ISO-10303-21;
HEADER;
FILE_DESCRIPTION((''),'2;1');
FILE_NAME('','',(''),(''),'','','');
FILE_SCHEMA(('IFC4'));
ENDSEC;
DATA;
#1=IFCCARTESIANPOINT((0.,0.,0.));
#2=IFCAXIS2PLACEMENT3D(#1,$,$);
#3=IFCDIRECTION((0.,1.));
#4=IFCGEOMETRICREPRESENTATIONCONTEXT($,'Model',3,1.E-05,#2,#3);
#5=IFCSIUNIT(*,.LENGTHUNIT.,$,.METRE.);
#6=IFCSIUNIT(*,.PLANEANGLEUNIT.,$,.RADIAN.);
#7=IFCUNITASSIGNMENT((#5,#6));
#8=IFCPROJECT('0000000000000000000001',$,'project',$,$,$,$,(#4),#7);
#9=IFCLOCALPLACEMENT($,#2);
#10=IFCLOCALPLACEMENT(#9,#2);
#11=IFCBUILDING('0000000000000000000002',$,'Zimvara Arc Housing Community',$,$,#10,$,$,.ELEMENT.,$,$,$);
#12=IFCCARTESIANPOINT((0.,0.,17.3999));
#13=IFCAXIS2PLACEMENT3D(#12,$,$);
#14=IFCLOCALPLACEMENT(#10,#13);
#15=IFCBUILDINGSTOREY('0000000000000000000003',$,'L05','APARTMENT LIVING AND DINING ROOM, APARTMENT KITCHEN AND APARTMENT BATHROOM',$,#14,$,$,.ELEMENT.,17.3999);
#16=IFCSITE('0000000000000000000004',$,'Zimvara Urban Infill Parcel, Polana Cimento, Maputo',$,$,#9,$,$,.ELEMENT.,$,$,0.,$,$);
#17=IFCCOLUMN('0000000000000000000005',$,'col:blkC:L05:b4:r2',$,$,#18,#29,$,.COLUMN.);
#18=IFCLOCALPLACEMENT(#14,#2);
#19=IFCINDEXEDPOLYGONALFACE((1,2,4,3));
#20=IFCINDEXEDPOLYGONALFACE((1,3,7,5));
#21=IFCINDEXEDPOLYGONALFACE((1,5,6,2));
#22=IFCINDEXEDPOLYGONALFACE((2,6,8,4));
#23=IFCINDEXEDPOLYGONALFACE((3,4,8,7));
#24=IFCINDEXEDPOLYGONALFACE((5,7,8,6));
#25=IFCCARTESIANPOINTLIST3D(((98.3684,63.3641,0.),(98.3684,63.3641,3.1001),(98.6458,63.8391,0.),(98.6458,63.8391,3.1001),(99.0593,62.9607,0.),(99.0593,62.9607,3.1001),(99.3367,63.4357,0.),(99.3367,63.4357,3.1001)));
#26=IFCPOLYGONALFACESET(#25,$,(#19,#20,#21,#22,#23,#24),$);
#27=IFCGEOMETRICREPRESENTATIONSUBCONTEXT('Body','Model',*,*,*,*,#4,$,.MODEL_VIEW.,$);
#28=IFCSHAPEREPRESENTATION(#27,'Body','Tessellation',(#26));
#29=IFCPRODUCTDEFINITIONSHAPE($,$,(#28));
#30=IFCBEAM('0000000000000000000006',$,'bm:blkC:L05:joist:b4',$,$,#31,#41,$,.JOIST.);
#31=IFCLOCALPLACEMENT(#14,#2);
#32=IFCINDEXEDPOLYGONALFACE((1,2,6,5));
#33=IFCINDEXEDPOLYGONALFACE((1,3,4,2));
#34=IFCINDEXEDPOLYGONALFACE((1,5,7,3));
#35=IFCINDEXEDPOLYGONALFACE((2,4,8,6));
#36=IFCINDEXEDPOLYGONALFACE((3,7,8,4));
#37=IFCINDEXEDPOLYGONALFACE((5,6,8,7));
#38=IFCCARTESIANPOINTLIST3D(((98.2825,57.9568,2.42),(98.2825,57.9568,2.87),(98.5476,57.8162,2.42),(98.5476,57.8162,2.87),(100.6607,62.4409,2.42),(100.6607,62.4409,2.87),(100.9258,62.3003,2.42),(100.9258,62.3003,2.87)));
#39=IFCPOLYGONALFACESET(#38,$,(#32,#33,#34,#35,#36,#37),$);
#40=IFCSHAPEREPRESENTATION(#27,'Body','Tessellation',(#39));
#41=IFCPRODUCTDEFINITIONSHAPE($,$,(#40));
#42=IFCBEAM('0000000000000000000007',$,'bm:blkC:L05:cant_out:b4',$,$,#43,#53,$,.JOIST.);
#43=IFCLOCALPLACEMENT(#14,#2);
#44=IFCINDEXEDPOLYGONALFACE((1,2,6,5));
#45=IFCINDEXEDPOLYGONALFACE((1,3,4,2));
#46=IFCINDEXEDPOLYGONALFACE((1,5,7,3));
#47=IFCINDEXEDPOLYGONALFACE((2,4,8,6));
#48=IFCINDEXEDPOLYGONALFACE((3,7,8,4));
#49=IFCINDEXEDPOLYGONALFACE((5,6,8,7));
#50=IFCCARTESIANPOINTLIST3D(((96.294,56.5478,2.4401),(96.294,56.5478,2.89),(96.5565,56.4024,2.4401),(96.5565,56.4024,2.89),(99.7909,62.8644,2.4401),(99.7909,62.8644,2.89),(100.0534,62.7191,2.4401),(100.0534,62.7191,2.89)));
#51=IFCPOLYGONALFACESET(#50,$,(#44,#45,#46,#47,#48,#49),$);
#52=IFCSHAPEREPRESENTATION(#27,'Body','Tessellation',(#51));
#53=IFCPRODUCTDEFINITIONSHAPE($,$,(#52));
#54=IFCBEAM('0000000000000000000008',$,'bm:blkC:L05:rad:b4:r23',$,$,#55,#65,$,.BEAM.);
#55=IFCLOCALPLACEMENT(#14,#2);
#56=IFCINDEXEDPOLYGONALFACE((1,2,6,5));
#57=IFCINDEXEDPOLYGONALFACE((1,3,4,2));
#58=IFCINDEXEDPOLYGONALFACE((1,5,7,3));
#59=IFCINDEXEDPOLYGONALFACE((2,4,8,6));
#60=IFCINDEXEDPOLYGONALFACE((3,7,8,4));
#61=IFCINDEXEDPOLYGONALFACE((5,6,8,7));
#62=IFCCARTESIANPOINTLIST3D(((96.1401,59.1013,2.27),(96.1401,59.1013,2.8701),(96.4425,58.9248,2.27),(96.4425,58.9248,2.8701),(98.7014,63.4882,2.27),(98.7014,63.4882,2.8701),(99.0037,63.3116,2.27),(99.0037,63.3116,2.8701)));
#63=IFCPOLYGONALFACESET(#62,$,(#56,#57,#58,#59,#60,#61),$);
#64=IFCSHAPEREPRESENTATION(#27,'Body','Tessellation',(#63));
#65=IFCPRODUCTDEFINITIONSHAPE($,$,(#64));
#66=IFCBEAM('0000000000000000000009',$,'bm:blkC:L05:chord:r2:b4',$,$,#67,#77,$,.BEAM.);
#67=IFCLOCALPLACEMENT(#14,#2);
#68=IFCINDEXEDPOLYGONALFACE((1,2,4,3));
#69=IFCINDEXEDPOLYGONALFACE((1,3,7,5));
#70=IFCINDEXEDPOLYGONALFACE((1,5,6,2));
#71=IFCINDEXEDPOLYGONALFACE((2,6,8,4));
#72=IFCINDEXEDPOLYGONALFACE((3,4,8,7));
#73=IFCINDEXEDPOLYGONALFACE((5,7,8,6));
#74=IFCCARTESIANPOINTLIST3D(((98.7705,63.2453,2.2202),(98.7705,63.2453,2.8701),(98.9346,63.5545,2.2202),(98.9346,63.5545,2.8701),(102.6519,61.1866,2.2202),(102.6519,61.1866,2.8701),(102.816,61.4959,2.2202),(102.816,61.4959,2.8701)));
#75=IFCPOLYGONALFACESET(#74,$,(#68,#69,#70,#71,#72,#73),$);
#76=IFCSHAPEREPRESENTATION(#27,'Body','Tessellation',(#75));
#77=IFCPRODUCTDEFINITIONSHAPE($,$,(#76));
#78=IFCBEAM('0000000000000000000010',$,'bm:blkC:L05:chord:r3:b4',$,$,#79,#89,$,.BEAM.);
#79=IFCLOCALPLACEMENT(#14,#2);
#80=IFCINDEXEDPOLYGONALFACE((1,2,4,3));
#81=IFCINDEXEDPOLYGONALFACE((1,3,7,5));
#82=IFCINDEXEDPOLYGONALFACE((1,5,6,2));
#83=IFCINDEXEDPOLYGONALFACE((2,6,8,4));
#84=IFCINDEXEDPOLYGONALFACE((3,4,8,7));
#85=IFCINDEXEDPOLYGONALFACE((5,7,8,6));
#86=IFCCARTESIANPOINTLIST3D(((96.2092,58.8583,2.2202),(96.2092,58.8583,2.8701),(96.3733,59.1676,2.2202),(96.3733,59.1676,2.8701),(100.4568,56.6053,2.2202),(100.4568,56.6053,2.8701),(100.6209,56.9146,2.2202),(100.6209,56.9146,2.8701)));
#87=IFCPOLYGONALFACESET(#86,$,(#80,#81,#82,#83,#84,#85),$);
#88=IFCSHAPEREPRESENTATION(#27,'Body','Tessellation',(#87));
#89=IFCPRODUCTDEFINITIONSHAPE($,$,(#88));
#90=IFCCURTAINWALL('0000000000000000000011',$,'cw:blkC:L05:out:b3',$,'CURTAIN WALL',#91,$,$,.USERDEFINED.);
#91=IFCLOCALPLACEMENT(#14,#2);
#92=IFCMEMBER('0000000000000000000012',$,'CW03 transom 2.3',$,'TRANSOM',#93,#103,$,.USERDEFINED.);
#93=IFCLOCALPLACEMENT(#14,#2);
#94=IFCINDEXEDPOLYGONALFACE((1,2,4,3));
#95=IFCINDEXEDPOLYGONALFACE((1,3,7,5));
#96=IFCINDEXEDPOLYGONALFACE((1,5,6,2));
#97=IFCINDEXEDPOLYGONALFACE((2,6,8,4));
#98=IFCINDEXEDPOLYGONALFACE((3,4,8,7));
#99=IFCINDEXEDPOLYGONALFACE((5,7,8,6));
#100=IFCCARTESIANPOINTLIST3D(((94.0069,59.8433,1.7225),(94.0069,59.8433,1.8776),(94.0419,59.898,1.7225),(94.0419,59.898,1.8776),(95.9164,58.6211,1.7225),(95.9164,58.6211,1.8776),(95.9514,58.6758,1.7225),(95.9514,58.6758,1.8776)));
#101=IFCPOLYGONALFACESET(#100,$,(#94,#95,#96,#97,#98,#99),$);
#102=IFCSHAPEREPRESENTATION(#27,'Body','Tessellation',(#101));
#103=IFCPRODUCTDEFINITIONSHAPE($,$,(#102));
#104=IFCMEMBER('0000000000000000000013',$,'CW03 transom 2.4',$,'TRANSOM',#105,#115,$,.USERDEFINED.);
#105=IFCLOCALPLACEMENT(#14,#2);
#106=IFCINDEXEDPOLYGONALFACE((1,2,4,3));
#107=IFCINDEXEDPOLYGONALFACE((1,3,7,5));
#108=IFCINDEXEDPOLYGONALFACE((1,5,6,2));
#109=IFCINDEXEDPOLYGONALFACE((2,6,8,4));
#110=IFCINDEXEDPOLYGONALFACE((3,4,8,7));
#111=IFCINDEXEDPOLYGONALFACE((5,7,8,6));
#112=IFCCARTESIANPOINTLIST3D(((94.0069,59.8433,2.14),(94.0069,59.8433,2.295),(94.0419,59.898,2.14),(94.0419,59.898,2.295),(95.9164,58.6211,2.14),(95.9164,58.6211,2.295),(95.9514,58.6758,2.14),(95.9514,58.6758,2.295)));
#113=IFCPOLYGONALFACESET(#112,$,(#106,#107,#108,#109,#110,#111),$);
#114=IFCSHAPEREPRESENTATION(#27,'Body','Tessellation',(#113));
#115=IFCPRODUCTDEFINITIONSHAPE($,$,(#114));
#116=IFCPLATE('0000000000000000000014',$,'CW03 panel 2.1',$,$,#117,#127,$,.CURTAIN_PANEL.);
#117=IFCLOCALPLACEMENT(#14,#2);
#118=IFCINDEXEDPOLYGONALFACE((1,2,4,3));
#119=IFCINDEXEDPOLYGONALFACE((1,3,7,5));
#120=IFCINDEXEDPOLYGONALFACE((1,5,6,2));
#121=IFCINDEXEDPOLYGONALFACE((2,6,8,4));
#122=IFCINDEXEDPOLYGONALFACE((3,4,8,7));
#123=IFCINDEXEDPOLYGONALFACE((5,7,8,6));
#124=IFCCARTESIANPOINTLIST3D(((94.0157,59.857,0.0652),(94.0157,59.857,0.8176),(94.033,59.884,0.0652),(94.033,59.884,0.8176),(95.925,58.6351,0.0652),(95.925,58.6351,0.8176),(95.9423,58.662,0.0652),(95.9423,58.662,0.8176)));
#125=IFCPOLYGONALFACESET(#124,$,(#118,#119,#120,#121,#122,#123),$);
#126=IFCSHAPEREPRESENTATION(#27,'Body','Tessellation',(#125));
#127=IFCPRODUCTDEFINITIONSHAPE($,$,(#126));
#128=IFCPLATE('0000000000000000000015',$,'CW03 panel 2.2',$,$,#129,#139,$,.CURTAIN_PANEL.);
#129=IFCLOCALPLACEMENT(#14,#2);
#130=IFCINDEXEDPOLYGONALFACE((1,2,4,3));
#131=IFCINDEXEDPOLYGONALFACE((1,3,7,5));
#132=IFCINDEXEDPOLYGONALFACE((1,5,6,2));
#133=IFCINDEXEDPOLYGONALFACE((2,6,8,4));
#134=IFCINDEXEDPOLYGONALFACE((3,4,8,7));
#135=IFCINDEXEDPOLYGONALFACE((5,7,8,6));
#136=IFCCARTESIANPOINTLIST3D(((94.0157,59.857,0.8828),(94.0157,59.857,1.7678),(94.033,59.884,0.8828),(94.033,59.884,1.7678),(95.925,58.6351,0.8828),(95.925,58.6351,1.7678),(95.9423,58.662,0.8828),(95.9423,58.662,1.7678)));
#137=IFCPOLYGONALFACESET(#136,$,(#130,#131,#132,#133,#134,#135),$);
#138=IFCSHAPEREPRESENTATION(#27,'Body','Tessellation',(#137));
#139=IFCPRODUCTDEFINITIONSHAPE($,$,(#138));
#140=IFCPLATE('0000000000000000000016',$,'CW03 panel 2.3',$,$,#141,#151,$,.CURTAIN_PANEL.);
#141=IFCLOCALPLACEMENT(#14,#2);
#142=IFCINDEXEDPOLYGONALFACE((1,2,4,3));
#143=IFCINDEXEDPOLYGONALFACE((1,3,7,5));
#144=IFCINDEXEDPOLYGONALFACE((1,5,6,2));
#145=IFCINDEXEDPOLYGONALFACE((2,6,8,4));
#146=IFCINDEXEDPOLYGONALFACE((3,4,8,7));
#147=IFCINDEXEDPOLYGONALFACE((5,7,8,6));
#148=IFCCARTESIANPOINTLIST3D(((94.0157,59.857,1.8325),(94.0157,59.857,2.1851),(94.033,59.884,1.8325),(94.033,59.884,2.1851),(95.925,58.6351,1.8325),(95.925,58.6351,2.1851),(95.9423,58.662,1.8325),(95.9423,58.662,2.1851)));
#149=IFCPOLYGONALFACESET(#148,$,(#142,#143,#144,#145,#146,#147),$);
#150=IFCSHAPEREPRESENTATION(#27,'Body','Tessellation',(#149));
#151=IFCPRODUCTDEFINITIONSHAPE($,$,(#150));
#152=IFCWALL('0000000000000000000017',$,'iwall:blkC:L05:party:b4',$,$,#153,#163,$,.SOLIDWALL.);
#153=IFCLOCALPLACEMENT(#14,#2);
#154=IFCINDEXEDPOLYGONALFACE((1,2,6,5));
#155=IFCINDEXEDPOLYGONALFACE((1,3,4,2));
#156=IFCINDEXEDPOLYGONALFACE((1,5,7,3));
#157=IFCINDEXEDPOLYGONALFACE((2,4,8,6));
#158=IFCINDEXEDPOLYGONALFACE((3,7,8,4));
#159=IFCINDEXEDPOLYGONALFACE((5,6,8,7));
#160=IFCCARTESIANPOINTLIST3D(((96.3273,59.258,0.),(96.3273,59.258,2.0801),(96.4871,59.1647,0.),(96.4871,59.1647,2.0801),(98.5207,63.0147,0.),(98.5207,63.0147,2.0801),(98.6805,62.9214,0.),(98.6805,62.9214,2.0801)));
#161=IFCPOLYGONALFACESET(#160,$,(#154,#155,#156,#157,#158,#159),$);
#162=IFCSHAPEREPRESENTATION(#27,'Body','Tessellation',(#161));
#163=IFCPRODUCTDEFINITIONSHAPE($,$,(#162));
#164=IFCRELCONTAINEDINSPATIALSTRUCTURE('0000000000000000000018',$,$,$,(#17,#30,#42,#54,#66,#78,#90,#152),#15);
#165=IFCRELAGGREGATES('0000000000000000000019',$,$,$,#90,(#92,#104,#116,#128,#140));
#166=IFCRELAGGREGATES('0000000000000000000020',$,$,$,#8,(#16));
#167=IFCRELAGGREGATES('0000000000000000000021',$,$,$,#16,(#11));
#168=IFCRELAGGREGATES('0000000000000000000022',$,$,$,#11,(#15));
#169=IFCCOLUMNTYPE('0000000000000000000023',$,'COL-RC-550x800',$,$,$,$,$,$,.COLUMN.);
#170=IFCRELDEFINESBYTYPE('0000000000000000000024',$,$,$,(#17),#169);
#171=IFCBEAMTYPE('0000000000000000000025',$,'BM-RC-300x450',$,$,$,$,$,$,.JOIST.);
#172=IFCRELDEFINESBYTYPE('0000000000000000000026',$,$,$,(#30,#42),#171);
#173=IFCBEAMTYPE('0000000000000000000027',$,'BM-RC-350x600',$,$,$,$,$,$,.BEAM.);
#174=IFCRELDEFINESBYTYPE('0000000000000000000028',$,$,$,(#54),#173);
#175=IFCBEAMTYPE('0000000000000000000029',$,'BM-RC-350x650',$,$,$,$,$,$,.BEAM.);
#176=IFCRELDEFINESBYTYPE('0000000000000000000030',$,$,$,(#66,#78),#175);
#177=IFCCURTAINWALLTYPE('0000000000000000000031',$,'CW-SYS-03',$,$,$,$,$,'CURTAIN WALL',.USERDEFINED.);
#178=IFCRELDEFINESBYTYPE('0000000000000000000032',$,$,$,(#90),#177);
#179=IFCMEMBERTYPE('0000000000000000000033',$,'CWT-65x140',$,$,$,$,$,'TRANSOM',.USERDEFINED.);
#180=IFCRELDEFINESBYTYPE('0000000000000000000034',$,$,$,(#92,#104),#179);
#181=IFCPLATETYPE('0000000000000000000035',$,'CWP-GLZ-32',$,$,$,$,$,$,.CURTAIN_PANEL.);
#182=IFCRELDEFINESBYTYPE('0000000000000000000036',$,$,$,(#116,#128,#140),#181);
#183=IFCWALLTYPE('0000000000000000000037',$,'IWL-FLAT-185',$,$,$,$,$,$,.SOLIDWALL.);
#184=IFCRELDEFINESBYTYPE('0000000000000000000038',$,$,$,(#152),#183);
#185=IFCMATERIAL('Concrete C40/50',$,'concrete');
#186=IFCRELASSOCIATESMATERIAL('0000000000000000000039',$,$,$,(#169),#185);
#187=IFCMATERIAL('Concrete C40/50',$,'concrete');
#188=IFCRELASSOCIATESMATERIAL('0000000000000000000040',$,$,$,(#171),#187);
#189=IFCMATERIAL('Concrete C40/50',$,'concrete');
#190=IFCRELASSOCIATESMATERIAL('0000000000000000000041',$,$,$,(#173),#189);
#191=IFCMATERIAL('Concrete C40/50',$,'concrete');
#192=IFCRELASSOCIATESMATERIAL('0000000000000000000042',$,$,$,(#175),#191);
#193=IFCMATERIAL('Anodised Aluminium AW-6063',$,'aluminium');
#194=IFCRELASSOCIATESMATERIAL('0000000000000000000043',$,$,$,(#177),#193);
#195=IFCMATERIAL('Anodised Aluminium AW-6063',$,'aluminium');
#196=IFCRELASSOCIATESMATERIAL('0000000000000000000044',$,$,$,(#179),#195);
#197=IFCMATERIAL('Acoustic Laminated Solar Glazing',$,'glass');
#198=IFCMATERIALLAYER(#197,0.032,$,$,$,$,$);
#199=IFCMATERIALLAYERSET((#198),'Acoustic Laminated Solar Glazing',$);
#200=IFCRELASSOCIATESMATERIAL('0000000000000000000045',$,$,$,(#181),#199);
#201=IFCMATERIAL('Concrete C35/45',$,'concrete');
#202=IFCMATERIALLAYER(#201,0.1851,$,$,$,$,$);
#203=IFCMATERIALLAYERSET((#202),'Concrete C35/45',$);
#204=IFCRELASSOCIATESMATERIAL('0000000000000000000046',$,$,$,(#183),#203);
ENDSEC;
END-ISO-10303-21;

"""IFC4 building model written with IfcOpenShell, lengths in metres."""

from ifc_helpers import new_model, si_unit, direction, frame, frame_2d, origin, origin_2d, place, context, subcontext, project, spatial, rectangle, extrude, material, layer, layer_set, material_profile, profile_set, type_object, element, aggregate, save


model = new_model("IFC4")

# Units and contexts
model_context = context("Model", 3, precision=1e-05, world=origin(), true_north=direction((0.0, 1.0)))
body_context = subcontext(model_context, "Body", "Model", "MODEL_VIEW")
ifc_project = project(units=[si_unit("LENGTHUNIT", "METRE"), si_unit("PLANEANGLEUNIT", "RADIAN")], contexts=[model_context])

# Site, building, storey
site_placement = place(None, origin())
site = spatial("IfcSite", under=ifc_project, at=site_placement, Name="Zimvara Urban Infill Parcel, Polana Cimento, Maputo", CompositionType="ELEMENT", RefElevation=0.0)
building_placement = place(site_placement, origin())
building = spatial("IfcBuilding", under=site, at=building_placement, Name="Zimvara Arc Housing Community", CompositionType="ELEMENT")
storey_placement = place(building_placement, frame((0.0, 0.0, 17.3999)))
storey = spatial("IfcBuildingStorey", under=building, at=storey_placement, Name="L05", Description="APARTMENT LIVING AND DINING ROOM, APARTMENT KITCHEN AND APARTMENT BATHROOM", CompositionType="ELEMENT", Elevation=17.3999)

# Column
ifc_material_1 = material(Name="Concrete C40/50", Category="concrete")
ifc_material_profile_1 = material_profile(ifc_material_1, rectangle(XDim=0.55, YDim=0.8, at=origin_2d()), Name="RC 550x800")
ifc_profile_set_1 = profile_set([ifc_material_profile_1], Name="Concrete C40/50")
column_type = type_object("IfcColumnType", Name="COL-RC-550x800", PredefinedType="COLUMN", material=ifc_profile_set_1)
column_placement = place(storey_placement, frame((98.8525, 63.3999, 0.0), z_axis=(0.0, 0.0, 1.0), x_axis=(-0.504226, -0.863572, 0.0)))
element("IfcColumn", 1, at=column_placement, inside=storey, type_object=column_type, Name="col:blkC:L05:b4:r2", PredefinedType="COLUMN", context=body_context, shape_type="SweptSolid", body=[
    extrude(rectangle(XDim=0.55, YDim=0.8, at=origin_2d()), origin(), (0.0, 0.0, 1.0), 3.1001),
])

# Beams
ifc_material_2 = material(Name="Concrete C40/50", Category="concrete")
ifc_material_profile_2 = material_profile(ifc_material_2, rectangle(XDim=0.3, YDim=0.45, at=origin_2d()), Name="RC 300x450")
ifc_profile_set_2 = profile_set([ifc_material_profile_2], Name="Concrete C40/50")
beam_type_1 = type_object("IfcBeamType", Name="BM-RC-300x450", PredefinedType="JOIST", material=ifc_profile_set_2)
beam_1_placement = place(storey_placement, frame((100.7932, 62.3706, 2.645), z_axis=(-0.468537, -0.883444, 0.0), x_axis=(0.883444, -0.468537, 0.0)))
element("IfcBeam", 2, at=beam_1_placement, inside=storey, type_object=beam_type_1, Name="bm:blkC:L05:joist:b4", PredefinedType="JOIST", context=body_context, shape_type="SweptSolid", body=[
    extrude(rectangle(XDim=0.3, YDim=0.45, at=origin_2d()), origin(), (0.0, 0.0, 1.0), 5.0757),
])
beam_2_placement = place(storey_placement, frame((99.9221, 62.7917, 2.665), z_axis=(-0.484327, -0.874887, 0.0), x_axis=(0.874887, -0.484327, 0.0)))
element("IfcBeam", 3, at=beam_2_placement, inside=storey, type_object=beam_type_1, Name="bm:blkC:L05:cant_out:b4", PredefinedType="JOIST", context=body_context, shape_type="SweptSolid", body=[
    extrude(rectangle(XDim=0.3, YDim=0.45, at=origin_2d()), origin(), (0.0, 0.0, 1.0), 7.22),
])
ifc_material_3 = material(Name="Concrete C40/50", Category="concrete")
ifc_material_profile_3 = material_profile(ifc_material_3, rectangle(XDim=0.3501, YDim=0.6001, at=origin_2d()), Name="RC 350x600")
ifc_profile_set_3 = profile_set([ifc_material_profile_3], Name="Concrete C40/50")
beam_type_2 = type_object("IfcBeamType", Name="BM-RC-350x600", PredefinedType="BEAM", material=ifc_profile_set_3)
beam_3_placement = place(storey_placement, frame((98.8525, 63.3999, 2.5701), z_axis=(-0.504197, -0.863589, 0.0), x_axis=(0.863589, -0.504197, 0.0)))
element("IfcBeam", 4, at=beam_3_placement, inside=storey, type_object=beam_type_2, Name="bm:blkC:L05:rad:b4:r23", PredefinedType="BEAM", context=body_context, shape_type="SweptSolid", body=[
    extrude(rectangle(XDim=0.3501, YDim=0.6001, at=origin_2d()), origin(), (0.0, 0.0, 1.0), 5.0798),
])
ifc_material_4 = material(Name="Concrete C40/50", Category="concrete")
ifc_material_profile_4 = material_profile(ifc_material_4, rectangle(XDim=0.3501, YDim=0.6499, at=origin_2d()), Name="RC 350x650")
ifc_profile_set_4 = profile_set([ifc_material_profile_4], Name="Concrete C40/50")
beam_type_3 = type_object("IfcBeamType", Name="BM-RC-350x650", PredefinedType="BEAM", material=ifc_profile_set_4)
beam_4_placement = place(storey_placement, frame((98.8525, 63.3999, 2.5452), z_axis=(0.883434, -0.468557, 0.0), x_axis=(0.468557, 0.883434, 0.0)))
element("IfcBeam", 5, at=beam_4_placement, inside=storey, type_object=beam_type_3, Name="bm:blkC:L05:chord:r2:b4", PredefinedType="BEAM", context=body_context, shape_type="SweptSolid", body=[
    extrude(rectangle(XDim=0.3501, YDim=0.6499, at=origin_2d()), origin(), (0.0, 0.0, 1.0), 4.3936),
])
beam_5_placement = place(storey_placement, frame((96.2913, 59.0129, 2.5452), z_axis=(0.883425, -0.468573, 0.0), x_axis=(0.468573, 0.883425, 0.0)))
element("IfcBeam", 6, at=beam_5_placement, inside=storey, type_object=beam_type_3, Name="bm:blkC:L05:chord:r3:b4", PredefinedType="BEAM", context=body_context, shape_type="SweptSolid", body=[
    extrude(rectangle(XDim=0.3501, YDim=0.6499, at=origin_2d()), origin(), (0.0, 0.0, 1.0), 4.8081),
])

# Curtain wall, members, plates
ifc_material_5 = material(Name="Anodised Aluminium AW-6063", Category="aluminium")
curtain_wall_type = type_object("IfcCurtainWallType", Name="CW-SYS-03", ElementType="CURTAIN WALL", PredefinedType="USERDEFINED", material=ifc_material_5)
curtain_wall_placement = place(storey_placement, origin())
curtain_wall = element("IfcCurtainWall", 7, at=curtain_wall_placement, inside=storey, type_object=curtain_wall_type, Name="cw:blkC:L05:out:b3", ObjectType="CURTAIN WALL", PredefinedType="USERDEFINED")
ifc_material_6 = material(Name="Anodised Aluminium AW-6063", Category="aluminium")
ifc_material_profile_5 = material_profile(ifc_material_6, rectangle(XDim=0.0649, YDim=0.155, at=origin_2d()), Name="ALU 65x155")
ifc_profile_set_5 = profile_set([ifc_material_profile_5], Name="Anodised Aluminium AW-6063")
member_type = type_object("IfcMemberType", Name="CWT-65x140", ElementType="TRANSOM", PredefinedType="USERDEFINED", material=ifc_profile_set_5)
member_1_placement = place(storey_placement, frame((94.0244, 59.8706, 1.8), z_axis=(0.842244, -0.539096, 0.0), x_axis=(0.539096, 0.842244, 0.0)))
member_1 = element("IfcMember", 8, at=member_1_placement, type_object=member_type, Name="CW03 transom 2.3", ObjectType="TRANSOM", PredefinedType="USERDEFINED", context=body_context, shape_type="SweptSolid", body=[
    extrude(rectangle(XDim=0.0649, YDim=0.155, at=origin_2d()), origin(), (0.0, 0.0, 1.0), 2.2671),
])
member_2_placement = place(storey_placement, frame((94.0244, 59.8706, 2.2175), z_axis=(0.842244, -0.539096, 0.0), x_axis=(0.539096, 0.842244, 0.0)))
member_2 = element("IfcMember", 9, at=member_2_placement, type_object=member_type, Name="CW03 transom 2.4", ObjectType="TRANSOM", PredefinedType="USERDEFINED", context=body_context, shape_type="SweptSolid", body=[
    extrude(rectangle(XDim=0.0649, YDim=0.155, at=origin_2d()), origin(), (0.0, 0.0, 1.0), 2.2671),
])
ifc_material_7 = material(Name="Acoustic Laminated Solar Glazing", Category="glass")
ifc_layer_1 = layer(ifc_material_7, 0.032)
ifc_layer_set_1 = layer_set([ifc_layer_1], Name="Acoustic Laminated Solar Glazing")
plate_type = type_object("IfcPlateType", Name="CWP-GLZ-32", PredefinedType="CURTAIN_PANEL", material=ifc_layer_set_1)
plate_1_placement = place(storey_placement, frame((94.979, 59.2595, 0.0652), z_axis=(0.0, 0.0, 1.0), x_axis=(0.842264, -0.539065, 0.0)))
plate_1 = element("IfcPlate", 10, at=plate_1_placement, type_object=plate_type, Name="CW03 panel 2.1", PredefinedType="CURTAIN_PANEL", context=body_context, shape_type="SweptSolid", body=[
    extrude(rectangle(XDim=2.2668, YDim=0.032, at=origin_2d()), origin(), (0.0, 0.0, 1.0), 0.7524),
])
plate_2_placement = place(storey_placement, frame((94.979, 59.2595, 0.8828), z_axis=(0.0, 0.0, 1.0), x_axis=(0.842264, -0.539065, 0.0)))
plate_2 = element("IfcPlate", 11, at=plate_2_placement, type_object=plate_type, Name="CW03 panel 2.2", PredefinedType="CURTAIN_PANEL", context=body_context, shape_type="SweptSolid", body=[
    extrude(rectangle(XDim=2.2668, YDim=0.032, at=origin_2d()), origin(), (0.0, 0.0, 1.0), 0.885),
])
plate_3_placement = place(storey_placement, frame((94.979, 59.2595, 1.8325), z_axis=(0.0, 0.0, 1.0), x_axis=(0.842264, -0.539065, 0.0)))
plate_3 = element("IfcPlate", 12, at=plate_3_placement, type_object=plate_type, Name="CW03 panel 2.3", PredefinedType="CURTAIN_PANEL", context=body_context, shape_type="SweptSolid", body=[
    extrude(rectangle(XDim=2.2668, YDim=0.032, at=origin_2d()), origin(), (0.0, 0.0, 1.0), 0.3525),
])
aggregate(curtain_wall, [member_1, member_2, plate_1, plate_2, plate_3])

# Wall
ifc_material_8 = material(Name="Concrete C35/45", Category="concrete")
ifc_layer_2 = layer(ifc_material_8, 0.1851)
ifc_layer_set_2 = layer_set([ifc_layer_2], Name="Concrete C35/45")
wall_type_1 = type_object("IfcWallType", Name="IWL-FLAT-185", PredefinedType="SOLIDWALL", material=ifc_layer_set_2)
wall_1_placement = place(storey_placement, frame((98.6006, 62.968, 0.0), z_axis=(0.0, 0.0, 1.0), x_axis=(-0.504216, -0.863577, 0.0)))
element("IfcWall", 13, at=wall_1_placement, inside=storey, type_object=wall_type_1, Name="iwall:blkC:L05:party:b4", PredefinedType="SOLIDWALL", context=body_context, shape_type="SweptSolid", body=[
    extrude(rectangle(XDim=4.3501, YDim=0.1851, at=frame_2d((2.175, 0.0))), origin(), (0.0, 0.0, 1.0), 2.0801),
])

save(model, "model.ifc")
